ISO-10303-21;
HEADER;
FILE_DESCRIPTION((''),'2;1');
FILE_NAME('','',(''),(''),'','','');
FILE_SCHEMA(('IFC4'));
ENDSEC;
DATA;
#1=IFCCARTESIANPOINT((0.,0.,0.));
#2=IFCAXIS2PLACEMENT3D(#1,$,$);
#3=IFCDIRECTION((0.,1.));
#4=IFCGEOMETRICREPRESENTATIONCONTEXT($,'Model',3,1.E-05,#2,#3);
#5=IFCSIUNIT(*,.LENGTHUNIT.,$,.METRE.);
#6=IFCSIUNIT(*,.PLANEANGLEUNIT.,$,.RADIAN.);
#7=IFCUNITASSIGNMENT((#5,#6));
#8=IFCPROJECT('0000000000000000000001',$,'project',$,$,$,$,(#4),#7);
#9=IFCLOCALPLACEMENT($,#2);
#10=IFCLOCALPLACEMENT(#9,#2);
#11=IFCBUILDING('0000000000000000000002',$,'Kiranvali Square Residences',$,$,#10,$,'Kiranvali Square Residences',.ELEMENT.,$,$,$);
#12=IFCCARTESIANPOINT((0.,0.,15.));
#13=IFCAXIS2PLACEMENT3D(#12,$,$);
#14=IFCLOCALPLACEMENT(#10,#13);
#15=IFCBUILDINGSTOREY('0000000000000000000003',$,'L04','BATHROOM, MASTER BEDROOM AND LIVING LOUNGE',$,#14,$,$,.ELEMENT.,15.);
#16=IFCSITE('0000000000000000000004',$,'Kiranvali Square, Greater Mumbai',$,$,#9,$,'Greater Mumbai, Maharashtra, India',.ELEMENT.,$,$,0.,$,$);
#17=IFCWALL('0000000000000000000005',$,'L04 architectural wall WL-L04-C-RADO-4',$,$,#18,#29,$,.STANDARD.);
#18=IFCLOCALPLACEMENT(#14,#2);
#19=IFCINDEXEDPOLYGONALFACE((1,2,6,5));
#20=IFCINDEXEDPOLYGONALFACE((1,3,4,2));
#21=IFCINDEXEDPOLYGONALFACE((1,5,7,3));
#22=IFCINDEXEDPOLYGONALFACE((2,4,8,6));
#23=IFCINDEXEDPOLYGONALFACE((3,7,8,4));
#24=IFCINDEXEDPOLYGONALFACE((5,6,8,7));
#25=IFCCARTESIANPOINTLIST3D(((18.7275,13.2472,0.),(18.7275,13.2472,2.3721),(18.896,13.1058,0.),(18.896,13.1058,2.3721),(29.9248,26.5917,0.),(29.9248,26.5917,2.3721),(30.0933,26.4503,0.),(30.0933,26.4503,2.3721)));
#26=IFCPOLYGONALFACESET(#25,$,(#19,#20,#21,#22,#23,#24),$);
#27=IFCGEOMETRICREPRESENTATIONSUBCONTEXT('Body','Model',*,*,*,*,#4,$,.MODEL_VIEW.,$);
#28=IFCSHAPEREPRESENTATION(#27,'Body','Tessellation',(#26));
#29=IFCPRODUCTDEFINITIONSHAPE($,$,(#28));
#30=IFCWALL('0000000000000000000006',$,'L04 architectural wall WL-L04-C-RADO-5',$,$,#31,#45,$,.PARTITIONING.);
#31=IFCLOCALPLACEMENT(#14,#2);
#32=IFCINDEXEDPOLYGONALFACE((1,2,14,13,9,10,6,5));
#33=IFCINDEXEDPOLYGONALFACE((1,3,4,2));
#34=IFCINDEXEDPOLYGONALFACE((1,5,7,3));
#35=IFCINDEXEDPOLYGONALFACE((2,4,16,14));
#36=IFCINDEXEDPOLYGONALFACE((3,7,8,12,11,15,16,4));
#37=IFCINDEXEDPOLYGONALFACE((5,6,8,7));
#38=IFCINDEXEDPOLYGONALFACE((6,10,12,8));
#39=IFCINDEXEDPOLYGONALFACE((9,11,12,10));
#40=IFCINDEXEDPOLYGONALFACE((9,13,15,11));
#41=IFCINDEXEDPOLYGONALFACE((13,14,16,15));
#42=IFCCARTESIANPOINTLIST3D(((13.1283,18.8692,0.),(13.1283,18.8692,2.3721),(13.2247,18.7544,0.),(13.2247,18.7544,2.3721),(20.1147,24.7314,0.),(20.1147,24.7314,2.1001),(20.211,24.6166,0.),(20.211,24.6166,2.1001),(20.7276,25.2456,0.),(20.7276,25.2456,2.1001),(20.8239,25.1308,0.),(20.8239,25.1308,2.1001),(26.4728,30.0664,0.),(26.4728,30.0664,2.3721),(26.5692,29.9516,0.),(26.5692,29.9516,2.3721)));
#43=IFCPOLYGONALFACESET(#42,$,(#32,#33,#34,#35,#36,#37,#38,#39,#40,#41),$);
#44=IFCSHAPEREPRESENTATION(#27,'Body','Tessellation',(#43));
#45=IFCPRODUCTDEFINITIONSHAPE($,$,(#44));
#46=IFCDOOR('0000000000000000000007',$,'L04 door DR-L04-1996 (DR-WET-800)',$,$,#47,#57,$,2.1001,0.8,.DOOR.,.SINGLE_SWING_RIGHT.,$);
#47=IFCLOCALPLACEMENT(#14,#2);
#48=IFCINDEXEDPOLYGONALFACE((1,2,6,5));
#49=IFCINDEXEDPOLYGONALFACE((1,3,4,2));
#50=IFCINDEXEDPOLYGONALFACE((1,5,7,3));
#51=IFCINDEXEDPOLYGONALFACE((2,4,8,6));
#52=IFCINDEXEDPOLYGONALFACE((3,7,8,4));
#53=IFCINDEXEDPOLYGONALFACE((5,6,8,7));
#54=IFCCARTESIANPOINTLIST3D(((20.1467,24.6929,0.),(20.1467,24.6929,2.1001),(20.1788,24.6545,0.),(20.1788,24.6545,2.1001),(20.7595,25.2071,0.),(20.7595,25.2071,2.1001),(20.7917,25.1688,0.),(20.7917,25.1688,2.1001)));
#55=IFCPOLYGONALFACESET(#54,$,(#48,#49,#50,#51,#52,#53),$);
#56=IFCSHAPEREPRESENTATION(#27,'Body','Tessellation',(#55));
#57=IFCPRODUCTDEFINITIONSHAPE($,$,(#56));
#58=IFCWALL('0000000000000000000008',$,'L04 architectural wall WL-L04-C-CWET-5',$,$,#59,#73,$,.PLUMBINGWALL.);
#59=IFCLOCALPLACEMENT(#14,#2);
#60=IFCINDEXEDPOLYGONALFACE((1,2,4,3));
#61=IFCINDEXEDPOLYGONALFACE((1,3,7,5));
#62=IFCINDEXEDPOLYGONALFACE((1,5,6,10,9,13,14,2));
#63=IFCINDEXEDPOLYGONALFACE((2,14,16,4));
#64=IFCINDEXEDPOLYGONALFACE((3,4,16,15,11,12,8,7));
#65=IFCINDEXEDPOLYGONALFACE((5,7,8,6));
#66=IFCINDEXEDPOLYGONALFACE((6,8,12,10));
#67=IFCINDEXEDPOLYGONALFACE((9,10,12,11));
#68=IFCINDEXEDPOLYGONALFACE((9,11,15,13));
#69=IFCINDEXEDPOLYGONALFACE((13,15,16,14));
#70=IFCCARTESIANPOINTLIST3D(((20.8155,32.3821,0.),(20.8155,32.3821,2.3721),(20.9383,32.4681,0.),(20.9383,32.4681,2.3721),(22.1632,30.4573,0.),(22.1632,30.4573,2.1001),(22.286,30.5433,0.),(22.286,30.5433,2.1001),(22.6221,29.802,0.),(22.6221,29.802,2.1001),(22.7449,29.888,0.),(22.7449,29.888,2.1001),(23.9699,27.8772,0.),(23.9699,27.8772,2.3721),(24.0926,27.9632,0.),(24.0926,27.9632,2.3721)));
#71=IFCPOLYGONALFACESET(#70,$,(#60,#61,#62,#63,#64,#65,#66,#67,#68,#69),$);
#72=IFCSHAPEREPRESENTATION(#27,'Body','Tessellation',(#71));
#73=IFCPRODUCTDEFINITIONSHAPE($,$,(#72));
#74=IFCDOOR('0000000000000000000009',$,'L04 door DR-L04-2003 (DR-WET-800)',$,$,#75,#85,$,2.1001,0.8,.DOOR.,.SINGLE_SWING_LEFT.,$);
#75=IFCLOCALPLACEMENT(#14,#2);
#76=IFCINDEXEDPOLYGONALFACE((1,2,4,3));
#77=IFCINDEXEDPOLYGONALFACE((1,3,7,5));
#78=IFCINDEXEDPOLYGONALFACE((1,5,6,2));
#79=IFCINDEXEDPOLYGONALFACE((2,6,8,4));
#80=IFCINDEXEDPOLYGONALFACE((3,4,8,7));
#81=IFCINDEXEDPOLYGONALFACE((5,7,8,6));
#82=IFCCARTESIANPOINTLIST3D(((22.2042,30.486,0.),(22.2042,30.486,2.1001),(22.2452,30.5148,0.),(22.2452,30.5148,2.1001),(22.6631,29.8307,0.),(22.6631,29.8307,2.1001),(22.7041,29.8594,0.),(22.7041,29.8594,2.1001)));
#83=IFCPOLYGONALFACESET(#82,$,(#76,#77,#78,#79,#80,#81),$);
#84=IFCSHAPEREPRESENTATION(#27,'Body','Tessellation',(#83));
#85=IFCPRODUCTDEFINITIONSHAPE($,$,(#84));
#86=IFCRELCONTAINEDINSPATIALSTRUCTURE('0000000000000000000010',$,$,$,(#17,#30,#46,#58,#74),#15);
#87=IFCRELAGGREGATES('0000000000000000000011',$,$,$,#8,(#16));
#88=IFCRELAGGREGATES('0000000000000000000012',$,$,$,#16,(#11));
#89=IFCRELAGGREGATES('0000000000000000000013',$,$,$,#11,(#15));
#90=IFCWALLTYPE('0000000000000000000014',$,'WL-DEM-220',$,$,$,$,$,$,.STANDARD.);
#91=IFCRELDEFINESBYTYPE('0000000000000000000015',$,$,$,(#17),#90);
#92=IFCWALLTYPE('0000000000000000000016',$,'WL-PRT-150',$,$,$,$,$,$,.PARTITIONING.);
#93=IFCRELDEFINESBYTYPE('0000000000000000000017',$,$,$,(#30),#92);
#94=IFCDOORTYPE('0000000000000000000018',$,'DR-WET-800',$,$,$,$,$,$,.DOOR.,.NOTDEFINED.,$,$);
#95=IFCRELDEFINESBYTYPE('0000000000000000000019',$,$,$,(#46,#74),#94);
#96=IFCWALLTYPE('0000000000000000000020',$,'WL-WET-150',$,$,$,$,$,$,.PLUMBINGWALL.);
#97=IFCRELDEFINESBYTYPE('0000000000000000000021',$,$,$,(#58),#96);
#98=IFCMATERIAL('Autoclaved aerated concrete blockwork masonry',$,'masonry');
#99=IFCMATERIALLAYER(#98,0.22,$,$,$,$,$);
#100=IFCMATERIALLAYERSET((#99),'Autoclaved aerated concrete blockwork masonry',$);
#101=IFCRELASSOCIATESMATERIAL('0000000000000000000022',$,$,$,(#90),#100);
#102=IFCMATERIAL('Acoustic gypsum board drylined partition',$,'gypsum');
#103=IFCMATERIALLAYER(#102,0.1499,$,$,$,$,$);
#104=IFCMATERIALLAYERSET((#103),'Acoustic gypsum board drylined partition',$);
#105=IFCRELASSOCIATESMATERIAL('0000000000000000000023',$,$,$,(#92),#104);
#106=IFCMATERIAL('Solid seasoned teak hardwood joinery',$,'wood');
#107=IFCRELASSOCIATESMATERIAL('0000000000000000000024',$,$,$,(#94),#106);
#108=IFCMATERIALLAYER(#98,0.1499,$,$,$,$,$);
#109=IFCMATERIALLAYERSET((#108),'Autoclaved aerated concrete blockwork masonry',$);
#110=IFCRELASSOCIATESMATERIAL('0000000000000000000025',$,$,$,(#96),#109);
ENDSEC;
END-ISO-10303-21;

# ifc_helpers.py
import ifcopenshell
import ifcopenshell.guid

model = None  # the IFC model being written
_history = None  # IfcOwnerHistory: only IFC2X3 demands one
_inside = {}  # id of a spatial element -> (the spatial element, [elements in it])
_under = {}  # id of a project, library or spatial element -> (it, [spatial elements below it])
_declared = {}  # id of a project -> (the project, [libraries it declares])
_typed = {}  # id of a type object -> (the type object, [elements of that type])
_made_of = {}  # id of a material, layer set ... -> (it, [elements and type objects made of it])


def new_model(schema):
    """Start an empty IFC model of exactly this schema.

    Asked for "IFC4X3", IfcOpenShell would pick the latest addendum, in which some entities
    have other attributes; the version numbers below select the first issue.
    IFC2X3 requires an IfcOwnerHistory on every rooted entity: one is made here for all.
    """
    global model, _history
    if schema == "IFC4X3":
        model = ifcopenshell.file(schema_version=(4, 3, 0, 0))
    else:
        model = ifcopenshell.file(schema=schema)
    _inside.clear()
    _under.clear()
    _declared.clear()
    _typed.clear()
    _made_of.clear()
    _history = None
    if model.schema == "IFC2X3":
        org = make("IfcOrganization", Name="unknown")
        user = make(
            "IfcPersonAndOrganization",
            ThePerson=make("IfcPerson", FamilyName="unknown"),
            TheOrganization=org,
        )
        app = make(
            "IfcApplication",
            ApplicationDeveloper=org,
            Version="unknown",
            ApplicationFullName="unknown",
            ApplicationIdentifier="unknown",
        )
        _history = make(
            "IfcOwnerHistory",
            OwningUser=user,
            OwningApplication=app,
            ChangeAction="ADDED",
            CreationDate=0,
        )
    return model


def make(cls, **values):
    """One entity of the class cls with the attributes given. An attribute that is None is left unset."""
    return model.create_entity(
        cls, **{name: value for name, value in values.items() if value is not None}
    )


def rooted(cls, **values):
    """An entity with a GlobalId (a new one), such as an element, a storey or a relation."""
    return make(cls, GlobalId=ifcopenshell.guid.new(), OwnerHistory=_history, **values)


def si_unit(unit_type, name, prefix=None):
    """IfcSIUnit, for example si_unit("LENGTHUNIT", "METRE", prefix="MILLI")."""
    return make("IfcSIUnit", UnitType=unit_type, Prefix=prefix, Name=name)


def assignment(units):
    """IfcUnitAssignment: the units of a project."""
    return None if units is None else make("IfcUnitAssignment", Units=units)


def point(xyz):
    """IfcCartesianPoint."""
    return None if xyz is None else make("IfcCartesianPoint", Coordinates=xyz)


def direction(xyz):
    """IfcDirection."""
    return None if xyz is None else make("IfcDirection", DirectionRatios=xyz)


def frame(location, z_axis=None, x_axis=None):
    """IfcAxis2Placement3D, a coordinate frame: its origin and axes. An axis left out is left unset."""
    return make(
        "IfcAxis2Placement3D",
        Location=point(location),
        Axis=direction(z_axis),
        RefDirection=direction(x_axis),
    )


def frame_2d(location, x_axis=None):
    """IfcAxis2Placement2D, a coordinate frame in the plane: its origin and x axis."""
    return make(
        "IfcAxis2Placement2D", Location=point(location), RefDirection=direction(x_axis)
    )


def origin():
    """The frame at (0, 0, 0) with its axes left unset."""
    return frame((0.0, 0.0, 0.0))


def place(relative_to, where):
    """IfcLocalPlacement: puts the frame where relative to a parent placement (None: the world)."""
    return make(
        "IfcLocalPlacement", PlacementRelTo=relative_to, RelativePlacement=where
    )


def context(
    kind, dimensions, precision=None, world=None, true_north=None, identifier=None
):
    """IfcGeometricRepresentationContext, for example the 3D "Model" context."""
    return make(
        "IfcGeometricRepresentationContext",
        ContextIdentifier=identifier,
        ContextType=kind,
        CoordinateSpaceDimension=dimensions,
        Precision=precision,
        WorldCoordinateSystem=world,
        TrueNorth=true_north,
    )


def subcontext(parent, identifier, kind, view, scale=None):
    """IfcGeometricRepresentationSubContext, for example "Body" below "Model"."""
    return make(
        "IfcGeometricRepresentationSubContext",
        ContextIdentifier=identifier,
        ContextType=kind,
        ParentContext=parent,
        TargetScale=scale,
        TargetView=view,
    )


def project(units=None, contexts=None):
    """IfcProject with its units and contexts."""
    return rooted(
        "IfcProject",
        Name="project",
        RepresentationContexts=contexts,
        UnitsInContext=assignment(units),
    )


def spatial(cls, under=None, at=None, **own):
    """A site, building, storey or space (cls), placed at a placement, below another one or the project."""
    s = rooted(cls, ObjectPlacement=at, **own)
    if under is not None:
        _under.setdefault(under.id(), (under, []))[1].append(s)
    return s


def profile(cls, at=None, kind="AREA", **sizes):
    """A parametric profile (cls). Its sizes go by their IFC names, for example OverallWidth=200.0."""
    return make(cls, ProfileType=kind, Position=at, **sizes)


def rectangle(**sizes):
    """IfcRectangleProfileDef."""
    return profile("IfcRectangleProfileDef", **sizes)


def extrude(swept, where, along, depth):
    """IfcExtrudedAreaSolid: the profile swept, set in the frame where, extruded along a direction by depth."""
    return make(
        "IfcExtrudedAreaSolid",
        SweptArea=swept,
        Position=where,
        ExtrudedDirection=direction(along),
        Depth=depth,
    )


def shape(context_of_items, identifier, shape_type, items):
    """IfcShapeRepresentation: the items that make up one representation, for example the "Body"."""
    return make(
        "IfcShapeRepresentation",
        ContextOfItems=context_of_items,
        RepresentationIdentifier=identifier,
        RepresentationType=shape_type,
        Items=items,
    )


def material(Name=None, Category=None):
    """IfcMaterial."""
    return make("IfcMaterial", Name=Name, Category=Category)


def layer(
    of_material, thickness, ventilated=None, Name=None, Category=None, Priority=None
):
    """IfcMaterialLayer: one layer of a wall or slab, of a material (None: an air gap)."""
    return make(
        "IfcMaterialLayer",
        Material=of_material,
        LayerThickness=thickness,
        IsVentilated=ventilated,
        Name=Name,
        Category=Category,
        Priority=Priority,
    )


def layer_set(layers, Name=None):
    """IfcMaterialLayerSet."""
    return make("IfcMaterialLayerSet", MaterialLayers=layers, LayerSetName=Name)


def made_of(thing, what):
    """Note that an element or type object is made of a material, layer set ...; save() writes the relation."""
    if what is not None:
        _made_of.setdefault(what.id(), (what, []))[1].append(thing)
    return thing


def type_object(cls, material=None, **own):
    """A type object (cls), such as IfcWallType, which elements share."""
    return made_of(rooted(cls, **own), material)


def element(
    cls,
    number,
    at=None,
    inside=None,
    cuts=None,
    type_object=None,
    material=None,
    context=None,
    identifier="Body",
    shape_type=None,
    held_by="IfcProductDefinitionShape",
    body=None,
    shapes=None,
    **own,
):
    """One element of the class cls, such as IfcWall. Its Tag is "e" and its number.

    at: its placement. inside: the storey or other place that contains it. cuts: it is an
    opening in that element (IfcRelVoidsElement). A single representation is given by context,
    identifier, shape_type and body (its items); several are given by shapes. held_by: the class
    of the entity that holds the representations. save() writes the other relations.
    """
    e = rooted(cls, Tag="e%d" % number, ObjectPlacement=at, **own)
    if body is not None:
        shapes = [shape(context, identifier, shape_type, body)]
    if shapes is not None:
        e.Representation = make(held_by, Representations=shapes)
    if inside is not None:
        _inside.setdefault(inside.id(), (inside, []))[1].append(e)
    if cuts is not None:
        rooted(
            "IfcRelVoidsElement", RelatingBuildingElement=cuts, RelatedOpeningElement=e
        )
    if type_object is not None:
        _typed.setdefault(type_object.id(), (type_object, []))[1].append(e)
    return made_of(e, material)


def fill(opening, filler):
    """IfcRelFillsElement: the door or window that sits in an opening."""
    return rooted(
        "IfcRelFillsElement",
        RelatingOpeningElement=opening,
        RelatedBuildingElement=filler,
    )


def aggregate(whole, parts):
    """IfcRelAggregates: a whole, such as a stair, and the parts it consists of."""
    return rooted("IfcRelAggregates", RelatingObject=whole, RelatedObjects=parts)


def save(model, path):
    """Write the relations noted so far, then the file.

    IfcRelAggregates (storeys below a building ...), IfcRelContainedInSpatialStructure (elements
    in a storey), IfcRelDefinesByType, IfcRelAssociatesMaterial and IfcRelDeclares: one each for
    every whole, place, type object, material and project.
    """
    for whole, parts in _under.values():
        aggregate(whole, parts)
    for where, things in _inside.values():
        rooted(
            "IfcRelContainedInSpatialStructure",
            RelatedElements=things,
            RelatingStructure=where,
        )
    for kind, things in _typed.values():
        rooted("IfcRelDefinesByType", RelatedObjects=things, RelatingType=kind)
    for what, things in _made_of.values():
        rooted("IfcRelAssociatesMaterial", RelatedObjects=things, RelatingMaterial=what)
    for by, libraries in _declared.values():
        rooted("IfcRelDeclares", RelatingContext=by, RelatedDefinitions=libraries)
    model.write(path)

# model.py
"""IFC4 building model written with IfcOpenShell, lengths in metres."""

from ifc_helpers import new_model, si_unit, direction, frame, frame_2d, origin, place, context, subcontext, project, spatial, rectangle, extrude, material, layer, layer_set, type_object, element, fill, save


model = new_model("IFC4")

# Units and contexts
model_context = context("Model", 3, precision=1e-05, world=origin(), true_north=direction((0.0, 1.0)))
body_context = subcontext(model_context, "Body", "Model", "MODEL_VIEW")
ifc_project = project(units=[si_unit("LENGTHUNIT", "METRE"), si_unit("PLANEANGLEUNIT", "RADIAN")], contexts=[model_context])

# Site, building, storey
site_placement = place(None, origin())
site = spatial("IfcSite", under=ifc_project, at=site_placement, Name="Kiranvali Square, Greater Mumbai", LongName="Greater Mumbai, Maharashtra, India", CompositionType="ELEMENT", RefElevation=0.0)
building_placement = place(site_placement, origin())
building = spatial("IfcBuilding", under=site, at=building_placement, Name="Kiranvali Square Residences", LongName="Kiranvali Square Residences", CompositionType="ELEMENT")
storey_placement = place(building_placement, frame((0.0, 0.0, 15.0)))
storey = spatial("IfcBuildingStorey", under=building, at=storey_placement, Name="L04", Description="BATHROOM, MASTER BEDROOM AND LIVING LOUNGE", CompositionType="ELEMENT", Elevation=15.0)

# Shared definitions
ifc_material_1 = material(Name="Autoclaved aerated concrete blockwork masonry", Category="masonry")

# Wall
ifc_layer_1 = layer(ifc_material_1, 0.22)
ifc_layer_set_1 = layer_set([ifc_layer_1], Name="Autoclaved aerated concrete blockwork masonry")
wall_type_1 = type_object("IfcWallType", Name="WL-DEM-220", PredefinedType="STANDARD", material=ifc_layer_set_1)
wall_1_placement = place(storey_placement, frame((30.009, 26.521, 0.0), z_axis=(0.0, 0.0, 1.0), x_axis=(-0.642785, -0.766047, 0.0)))
element("IfcWall", 1, at=wall_1_placement, inside=storey, type_object=wall_type_1, Name="L04 architectural wall WL-L04-C-RADO-4", PredefinedType="STANDARD", context=body_context, shape_type="SweptSolid", body=[
    extrude(rectangle(XDim=17.4199, YDim=0.22, at=frame_2d((8.71, 0.0))), origin(), (0.0, 0.0, 1.0), 2.3721),
])

# Walls, openings, doors
ifc_material_2 = material(Name="Acoustic gypsum board drylined partition", Category="gypsum")
ifc_layer_2 = layer(ifc_material_2, 0.1499)
ifc_layer_set_2 = layer_set([ifc_layer_2], Name="Acoustic gypsum board drylined partition")
wall_type_2 = type_object("IfcWallType", Name="WL-PRT-150", PredefinedType="PARTITIONING", material=ifc_layer_set_2)
wall_2_placement = place(storey_placement, frame((26.521, 30.009, 0.0), z_axis=(0.0, 0.0, 1.0), x_axis=(-0.766047, -0.642785, 0.0)))
wall_2 = element("IfcWall", 2, at=wall_2_placement, inside=storey, type_object=wall_type_2, Name="L04 architectural wall WL-L04-C-RADO-5", PredefinedType="PARTITIONING", context=body_context, shape_type="SweptSolid", body=[
    extrude(rectangle(XDim=17.4199, YDim=0.1499, at=frame_2d((8.71, 0.0))), origin(), (0.0, 0.0, 1.0), 2.3721),
])
opening_1_placement = place(wall_2_placement, frame((7.5, 0.0, 0.0)))
opening_1 = element("IfcOpeningElement", 3, at=opening_1_placement, cuts=wall_2, PredefinedType="OPENING", context=body_context, shape_type="SweptSolid", body=[
    extrude(rectangle(XDim=0.8, YDim=2.1001, at=frame_2d((0.3999, 1.05))), frame((0.0, 0.085, 0.0), z_axis=(0.0, -1.0, 0.0), x_axis=(1.0, 0.0, 0.0)), (0.0, 0.0, 1.0), 0.1699),
])
ifc_material_3 = material(Name="Solid seasoned teak hardwood joinery", Category="wood")
door_type_1 = type_object("IfcDoorType", Name="DR-WET-800", OperationType="NOTDEFINED", PredefinedType="DOOR", material=ifc_material_3)
door_1_placement = place(opening_1_placement, frame((0.8, 0.0, 0.0), z_axis=(0.0, 0.0, 1.0), x_axis=(-1.0, 0.0, 0.0)))
door_1 = element("IfcDoor", 4, at=door_1_placement, inside=storey, type_object=door_type_1, Name="L04 door DR-L04-1996 (DR-WET-800)", OperationType="SINGLE_SWING_RIGHT", OverallHeight=2.1001, OverallWidth=0.8, PredefinedType="DOOR", context=body_context, shape_type="SweptSolid", body=[
    extrude(rectangle(XDim=0.8, YDim=2.1001, at=frame_2d((0.3999, 1.05))), frame((0.0, 0.0249, 0.0), z_axis=(0.0, -1.0, 0.0), x_axis=(1.0, 0.0, 0.0)), (0.0, 0.0, 1.0), 0.05),
])
fill(opening_1, door_1)
ifc_layer_3 = layer(ifc_material_1, 0.1499)
ifc_layer_set_3 = layer_set([ifc_layer_3], Name="Autoclaved aerated concrete blockwork masonry")
wall_type_3 = type_object("IfcWallType", Name="WL-WET-150", PredefinedType="PLUMBINGWALL", material=ifc_layer_set_3)
wall_3_placement = place(storey_placement, frame((24.0312, 27.9202, 0.0), z_axis=(0.0, 0.0, 1.0), x_axis=(-0.57357, 0.819157, 0.0)))
wall_3 = element("IfcWall", 5, at=wall_3_placement, inside=storey, type_object=wall_type_3, Name="L04 architectural wall WL-L04-C-CWET-5", PredefinedType="PLUMBINGWALL", context=body_context, shape_type="SweptSolid", body=[
    extrude(rectangle(XDim=5.4995, YDim=0.1499, at=frame_2d((2.7498, 0.0))), origin(), (0.0, 0.0, 1.0), 2.3721),
])
opening_2_placement = place(wall_3_placement, frame((2.3499, 0.0, 0.0)))
opening_2 = element("IfcOpeningElement", 6, at=opening_2_placement, cuts=wall_3, PredefinedType="OPENING", context=body_context, shape_type="SweptSolid", body=[
    extrude(rectangle(XDim=0.8, YDim=2.1001, at=frame_2d((0.3999, 1.05))), frame((0.0, 0.085, 0.0), z_axis=(0.0, -1.0, 0.0), x_axis=(1.0, 0.0, 0.0)), (0.0, 0.0, 1.0), 0.1699),
])
door_2_placement = place(opening_2_placement, origin())
door_2 = element("IfcDoor", 7, at=door_2_placement, inside=storey, type_object=door_type_1, Name="L04 door DR-L04-2003 (DR-WET-800)", OperationType="SINGLE_SWING_LEFT", OverallHeight=2.1001, OverallWidth=0.8, PredefinedType="DOOR", context=body_context, shape_type="SweptSolid", body=[
    extrude(rectangle(XDim=0.8, YDim=2.1001, at=frame_2d((0.3999, 1.05))), frame((0.0, 0.0249, 0.0), z_axis=(0.0, -1.0, 0.0), x_axis=(1.0, 0.0, 0.0)), (0.0, 0.0, 1.0), 0.05),
])
fill(opening_2, door_2)

save(model, "model.ifc")
